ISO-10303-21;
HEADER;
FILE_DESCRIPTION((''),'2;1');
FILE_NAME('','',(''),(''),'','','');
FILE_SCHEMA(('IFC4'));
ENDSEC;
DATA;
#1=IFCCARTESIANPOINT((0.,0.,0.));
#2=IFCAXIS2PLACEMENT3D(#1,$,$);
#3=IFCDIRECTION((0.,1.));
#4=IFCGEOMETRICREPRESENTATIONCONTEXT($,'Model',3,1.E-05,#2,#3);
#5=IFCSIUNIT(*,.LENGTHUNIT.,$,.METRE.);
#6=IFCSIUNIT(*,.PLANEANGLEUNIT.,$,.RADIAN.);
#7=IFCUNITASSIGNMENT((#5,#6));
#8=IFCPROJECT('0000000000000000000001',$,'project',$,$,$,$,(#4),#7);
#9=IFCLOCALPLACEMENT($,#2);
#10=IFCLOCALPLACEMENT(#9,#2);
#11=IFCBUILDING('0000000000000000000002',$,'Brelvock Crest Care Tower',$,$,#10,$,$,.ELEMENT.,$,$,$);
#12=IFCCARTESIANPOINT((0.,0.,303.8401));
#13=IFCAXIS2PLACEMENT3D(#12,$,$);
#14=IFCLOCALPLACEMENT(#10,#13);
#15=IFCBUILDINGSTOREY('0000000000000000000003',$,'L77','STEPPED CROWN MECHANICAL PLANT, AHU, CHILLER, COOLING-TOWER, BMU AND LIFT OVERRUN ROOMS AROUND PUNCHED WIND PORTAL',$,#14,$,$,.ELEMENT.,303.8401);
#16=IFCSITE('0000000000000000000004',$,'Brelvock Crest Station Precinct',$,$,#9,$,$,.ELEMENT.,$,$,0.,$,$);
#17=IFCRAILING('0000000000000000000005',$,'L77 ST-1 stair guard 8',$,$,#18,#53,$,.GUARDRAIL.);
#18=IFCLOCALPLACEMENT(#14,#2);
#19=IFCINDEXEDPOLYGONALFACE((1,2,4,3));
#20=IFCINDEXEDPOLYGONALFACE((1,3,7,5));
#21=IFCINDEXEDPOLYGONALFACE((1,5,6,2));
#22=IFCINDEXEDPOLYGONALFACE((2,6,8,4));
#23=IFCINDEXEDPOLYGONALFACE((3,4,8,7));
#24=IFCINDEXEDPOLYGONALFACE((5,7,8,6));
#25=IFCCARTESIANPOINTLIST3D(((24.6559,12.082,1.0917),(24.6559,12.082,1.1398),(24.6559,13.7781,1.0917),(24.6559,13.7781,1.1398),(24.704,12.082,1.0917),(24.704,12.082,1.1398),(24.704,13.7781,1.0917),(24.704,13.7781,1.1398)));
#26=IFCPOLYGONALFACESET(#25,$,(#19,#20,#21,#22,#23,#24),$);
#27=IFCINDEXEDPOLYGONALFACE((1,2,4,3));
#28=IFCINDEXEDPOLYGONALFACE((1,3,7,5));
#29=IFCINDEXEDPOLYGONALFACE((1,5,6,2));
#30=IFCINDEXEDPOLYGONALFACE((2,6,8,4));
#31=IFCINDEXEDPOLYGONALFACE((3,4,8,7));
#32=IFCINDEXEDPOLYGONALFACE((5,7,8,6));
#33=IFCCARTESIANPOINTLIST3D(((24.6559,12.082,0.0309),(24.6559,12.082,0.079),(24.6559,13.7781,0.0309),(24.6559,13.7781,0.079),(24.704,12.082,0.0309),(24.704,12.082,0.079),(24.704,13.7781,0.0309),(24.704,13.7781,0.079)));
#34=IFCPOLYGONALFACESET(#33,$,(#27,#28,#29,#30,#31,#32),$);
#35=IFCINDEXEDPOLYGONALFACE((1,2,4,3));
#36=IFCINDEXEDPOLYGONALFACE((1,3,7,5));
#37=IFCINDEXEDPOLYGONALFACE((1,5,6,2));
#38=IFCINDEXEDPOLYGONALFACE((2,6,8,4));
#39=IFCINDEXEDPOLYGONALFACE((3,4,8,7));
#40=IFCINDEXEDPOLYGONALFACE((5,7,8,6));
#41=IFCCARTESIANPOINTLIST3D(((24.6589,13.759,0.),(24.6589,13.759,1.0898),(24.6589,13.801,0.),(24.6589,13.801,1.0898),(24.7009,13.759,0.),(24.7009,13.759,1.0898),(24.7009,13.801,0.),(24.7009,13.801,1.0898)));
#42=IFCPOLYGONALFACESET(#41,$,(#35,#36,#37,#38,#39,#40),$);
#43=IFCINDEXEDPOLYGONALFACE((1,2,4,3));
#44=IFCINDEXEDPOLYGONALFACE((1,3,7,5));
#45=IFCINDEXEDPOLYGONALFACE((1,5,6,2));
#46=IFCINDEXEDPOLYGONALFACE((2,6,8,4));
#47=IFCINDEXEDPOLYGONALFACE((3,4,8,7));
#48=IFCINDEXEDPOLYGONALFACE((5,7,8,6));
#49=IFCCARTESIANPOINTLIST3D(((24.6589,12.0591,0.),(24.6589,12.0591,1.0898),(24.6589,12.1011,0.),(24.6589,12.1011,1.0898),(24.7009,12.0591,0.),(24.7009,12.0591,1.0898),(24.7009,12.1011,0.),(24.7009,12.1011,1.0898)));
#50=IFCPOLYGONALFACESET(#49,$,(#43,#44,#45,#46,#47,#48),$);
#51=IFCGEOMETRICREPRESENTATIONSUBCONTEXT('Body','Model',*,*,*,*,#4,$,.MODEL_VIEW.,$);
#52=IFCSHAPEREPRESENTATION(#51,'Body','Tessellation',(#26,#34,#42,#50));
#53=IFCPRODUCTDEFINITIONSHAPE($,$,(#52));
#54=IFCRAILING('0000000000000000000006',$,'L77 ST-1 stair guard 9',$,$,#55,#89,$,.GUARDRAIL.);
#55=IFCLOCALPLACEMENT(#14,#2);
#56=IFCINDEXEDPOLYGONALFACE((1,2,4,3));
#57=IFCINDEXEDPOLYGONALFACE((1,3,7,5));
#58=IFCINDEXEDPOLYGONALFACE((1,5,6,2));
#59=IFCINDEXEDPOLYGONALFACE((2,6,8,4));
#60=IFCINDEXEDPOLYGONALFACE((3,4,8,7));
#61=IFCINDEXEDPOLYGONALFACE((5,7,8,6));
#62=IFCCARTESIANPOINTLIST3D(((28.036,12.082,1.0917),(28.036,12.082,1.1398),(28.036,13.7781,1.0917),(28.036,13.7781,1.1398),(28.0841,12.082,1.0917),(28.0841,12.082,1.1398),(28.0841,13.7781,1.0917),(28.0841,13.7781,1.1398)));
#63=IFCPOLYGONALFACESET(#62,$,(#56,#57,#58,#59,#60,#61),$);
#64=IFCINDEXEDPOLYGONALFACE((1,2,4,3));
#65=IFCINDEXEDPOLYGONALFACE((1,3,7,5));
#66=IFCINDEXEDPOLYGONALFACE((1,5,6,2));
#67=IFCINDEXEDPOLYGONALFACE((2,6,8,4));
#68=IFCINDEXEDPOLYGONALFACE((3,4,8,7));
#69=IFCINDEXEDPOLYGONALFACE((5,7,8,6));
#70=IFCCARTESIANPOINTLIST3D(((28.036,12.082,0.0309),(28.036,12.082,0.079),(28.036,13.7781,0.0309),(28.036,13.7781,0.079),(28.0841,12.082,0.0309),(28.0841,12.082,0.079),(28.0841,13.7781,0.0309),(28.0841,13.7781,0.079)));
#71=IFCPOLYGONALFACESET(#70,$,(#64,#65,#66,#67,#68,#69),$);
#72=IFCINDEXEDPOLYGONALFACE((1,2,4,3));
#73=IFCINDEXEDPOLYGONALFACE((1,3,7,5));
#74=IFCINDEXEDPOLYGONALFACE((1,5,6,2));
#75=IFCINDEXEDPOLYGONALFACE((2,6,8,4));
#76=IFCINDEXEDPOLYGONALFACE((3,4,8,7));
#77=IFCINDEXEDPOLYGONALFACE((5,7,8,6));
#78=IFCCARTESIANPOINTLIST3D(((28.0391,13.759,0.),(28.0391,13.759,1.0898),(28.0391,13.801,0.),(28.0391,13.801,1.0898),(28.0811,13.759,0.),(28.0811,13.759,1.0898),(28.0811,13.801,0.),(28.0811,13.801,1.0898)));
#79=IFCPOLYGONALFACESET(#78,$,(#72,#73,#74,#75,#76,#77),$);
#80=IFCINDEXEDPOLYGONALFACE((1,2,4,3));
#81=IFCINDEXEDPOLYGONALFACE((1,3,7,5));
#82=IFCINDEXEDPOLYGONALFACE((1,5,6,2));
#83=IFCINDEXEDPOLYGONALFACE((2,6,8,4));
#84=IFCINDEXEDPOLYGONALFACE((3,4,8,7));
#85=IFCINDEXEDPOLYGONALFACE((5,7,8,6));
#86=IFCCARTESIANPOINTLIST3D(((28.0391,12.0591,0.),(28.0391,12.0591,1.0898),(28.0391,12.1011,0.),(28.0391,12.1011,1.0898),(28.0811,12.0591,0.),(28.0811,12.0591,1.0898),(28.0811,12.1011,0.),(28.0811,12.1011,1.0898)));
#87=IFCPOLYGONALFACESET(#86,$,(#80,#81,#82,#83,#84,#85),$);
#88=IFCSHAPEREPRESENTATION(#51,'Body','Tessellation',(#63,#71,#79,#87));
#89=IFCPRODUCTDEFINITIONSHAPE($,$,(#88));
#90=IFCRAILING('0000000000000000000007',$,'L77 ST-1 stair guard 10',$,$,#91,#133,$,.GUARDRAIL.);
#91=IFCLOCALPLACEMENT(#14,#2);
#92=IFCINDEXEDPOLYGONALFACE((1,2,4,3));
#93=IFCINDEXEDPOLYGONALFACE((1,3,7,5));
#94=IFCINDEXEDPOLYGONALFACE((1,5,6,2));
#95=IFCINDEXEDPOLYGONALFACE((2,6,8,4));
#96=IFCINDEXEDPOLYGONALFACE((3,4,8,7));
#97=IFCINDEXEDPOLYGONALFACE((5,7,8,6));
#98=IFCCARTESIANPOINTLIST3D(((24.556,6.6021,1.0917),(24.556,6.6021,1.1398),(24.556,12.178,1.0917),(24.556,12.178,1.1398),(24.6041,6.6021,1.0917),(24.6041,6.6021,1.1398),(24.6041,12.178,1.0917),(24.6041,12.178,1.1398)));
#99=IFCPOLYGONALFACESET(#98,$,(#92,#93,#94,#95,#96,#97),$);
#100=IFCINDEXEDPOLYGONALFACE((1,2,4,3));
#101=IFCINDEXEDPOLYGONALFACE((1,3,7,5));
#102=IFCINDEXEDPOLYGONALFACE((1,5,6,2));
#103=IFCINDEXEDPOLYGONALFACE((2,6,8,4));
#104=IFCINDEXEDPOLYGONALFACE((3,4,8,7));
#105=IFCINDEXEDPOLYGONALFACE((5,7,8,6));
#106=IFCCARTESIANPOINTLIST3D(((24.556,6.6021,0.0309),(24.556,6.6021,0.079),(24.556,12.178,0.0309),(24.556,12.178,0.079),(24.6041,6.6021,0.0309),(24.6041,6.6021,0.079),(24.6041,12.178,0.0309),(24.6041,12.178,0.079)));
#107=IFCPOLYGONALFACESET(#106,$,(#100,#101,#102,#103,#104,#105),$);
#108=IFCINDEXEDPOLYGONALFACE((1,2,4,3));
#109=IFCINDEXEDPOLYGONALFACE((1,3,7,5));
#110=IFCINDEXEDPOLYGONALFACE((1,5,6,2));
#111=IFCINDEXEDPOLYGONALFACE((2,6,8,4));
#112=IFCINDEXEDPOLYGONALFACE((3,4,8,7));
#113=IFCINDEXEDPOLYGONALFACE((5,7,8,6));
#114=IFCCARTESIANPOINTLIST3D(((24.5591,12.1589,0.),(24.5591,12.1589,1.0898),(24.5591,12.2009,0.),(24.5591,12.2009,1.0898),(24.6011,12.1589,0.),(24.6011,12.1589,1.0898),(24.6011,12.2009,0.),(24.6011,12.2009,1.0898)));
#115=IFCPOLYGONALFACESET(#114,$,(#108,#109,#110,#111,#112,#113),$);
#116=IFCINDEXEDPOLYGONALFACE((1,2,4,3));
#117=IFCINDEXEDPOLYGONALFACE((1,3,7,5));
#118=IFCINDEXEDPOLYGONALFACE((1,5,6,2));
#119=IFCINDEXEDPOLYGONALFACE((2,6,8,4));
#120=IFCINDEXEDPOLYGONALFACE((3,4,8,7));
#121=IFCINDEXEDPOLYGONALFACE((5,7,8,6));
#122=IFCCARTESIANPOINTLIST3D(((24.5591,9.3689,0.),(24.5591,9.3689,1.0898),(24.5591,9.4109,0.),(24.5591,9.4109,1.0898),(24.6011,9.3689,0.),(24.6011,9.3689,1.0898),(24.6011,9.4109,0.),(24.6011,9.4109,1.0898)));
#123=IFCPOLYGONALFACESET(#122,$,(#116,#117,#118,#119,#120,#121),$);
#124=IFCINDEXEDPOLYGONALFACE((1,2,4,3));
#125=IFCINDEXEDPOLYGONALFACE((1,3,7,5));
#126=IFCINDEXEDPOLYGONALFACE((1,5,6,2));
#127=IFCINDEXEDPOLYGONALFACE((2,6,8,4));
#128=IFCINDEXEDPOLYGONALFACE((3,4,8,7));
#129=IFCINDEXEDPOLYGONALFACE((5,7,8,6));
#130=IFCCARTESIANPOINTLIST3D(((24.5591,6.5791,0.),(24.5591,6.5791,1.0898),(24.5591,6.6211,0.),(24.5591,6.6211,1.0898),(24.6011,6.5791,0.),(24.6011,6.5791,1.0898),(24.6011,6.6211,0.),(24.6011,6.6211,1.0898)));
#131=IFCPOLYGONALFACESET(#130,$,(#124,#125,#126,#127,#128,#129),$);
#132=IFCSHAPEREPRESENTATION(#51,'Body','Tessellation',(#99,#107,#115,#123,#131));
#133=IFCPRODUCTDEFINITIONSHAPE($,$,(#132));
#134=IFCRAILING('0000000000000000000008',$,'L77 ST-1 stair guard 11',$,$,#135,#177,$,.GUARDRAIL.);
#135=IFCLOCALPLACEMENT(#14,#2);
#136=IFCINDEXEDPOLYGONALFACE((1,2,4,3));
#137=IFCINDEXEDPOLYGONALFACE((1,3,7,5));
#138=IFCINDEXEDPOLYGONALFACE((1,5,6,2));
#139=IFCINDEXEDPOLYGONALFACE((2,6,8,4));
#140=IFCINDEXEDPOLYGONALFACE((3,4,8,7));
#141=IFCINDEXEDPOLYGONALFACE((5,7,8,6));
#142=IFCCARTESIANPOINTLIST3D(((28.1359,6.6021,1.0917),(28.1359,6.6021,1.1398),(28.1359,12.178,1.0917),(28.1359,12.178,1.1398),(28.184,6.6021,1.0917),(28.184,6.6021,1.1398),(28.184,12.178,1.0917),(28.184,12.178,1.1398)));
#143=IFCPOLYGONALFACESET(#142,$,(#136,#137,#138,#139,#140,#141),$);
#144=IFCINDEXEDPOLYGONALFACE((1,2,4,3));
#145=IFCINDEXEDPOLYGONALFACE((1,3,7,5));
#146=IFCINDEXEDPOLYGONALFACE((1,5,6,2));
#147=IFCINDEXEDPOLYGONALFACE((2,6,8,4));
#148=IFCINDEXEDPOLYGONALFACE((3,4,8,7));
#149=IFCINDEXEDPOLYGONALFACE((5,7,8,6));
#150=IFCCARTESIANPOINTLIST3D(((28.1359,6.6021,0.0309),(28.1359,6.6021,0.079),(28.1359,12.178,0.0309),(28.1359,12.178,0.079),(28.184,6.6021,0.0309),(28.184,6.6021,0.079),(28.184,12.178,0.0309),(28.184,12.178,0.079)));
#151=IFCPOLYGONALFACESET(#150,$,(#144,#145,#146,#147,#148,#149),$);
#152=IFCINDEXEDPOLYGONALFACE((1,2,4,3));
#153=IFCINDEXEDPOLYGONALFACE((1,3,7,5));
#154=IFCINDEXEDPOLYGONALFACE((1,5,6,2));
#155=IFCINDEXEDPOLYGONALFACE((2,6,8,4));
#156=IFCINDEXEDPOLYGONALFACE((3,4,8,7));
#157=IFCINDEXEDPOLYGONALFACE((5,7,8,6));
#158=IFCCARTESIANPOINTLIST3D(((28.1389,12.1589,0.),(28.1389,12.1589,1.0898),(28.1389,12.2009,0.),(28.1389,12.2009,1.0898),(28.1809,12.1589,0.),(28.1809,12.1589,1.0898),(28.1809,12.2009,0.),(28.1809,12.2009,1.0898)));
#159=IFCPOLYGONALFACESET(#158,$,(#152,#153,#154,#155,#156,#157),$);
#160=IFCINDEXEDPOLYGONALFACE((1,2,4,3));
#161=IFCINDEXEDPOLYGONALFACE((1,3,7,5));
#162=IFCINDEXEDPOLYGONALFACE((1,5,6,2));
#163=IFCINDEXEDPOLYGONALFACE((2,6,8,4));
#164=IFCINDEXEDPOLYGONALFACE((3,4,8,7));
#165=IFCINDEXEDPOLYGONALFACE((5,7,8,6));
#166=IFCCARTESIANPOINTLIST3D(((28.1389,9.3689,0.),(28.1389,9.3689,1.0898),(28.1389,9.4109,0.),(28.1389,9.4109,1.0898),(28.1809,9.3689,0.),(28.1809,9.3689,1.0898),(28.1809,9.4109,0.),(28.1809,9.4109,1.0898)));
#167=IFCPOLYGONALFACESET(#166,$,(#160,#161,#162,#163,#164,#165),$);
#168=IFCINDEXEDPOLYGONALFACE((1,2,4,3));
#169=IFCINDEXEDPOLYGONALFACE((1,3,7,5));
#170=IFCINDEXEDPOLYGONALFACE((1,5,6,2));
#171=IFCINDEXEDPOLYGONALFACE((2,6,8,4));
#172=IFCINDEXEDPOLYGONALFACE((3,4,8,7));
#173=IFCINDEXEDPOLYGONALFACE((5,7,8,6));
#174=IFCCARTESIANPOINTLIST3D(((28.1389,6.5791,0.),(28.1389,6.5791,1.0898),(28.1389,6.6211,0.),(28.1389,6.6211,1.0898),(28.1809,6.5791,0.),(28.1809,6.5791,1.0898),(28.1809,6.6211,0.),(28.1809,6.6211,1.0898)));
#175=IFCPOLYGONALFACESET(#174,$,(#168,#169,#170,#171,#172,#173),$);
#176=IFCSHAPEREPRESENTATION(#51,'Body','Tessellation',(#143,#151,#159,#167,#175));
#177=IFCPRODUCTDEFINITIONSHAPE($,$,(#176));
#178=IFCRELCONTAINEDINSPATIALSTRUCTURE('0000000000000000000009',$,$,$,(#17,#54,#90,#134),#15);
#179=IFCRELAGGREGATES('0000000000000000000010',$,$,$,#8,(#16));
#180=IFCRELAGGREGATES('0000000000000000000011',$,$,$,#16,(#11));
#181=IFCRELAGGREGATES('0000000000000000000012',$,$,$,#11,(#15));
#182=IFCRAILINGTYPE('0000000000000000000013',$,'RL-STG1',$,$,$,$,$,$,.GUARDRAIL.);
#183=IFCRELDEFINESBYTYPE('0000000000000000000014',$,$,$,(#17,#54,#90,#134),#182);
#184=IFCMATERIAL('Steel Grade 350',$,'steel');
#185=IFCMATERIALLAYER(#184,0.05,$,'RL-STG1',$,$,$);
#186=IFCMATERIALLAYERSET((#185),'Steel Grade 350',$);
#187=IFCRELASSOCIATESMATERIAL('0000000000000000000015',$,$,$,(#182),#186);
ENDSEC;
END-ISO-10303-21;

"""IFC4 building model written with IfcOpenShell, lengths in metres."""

from ifc_helpers import new_model, si_unit, direction, frame, origin, origin_2d, place, context, subcontext, project, spatial, rectangle, extrude, material, layer, layer_set, type_object, element, save


model = new_model("IFC4")

# Units and contexts
model_context = context("Model", 3, precision=1e-05, world=origin(), true_north=direction((0.0, 1.0)))
body_context = subcontext(model_context, "Body", "Model", "MODEL_VIEW")
ifc_project = project(units=[si_unit("LENGTHUNIT", "METRE"), si_unit("PLANEANGLEUNIT", "RADIAN")], contexts=[model_context])

# Site, building, storey
site_placement = place(None, origin())
site = spatial("IfcSite", under=ifc_project, at=site_placement, Name="Brelvock Crest Station Precinct", CompositionType="ELEMENT", RefElevation=0.0)
building_placement = place(site_placement, origin())
building = spatial("IfcBuilding", under=site, at=building_placement, Name="Brelvock Crest Care Tower", CompositionType="ELEMENT")
storey_placement = place(building_placement, frame((0.0, 0.0, 303.8401)))
storey = spatial("IfcBuildingStorey", under=building, at=storey_placement, Name="L77", Description="STEPPED CROWN MECHANICAL PLANT, AHU, CHILLER, COOLING-TOWER, BMU AND LIFT OVERRUN ROOMS AROUND PUNCHED WIND PORTAL", CompositionType="ELEMENT", Elevation=303.8401)

# Shared definitions
ifc_material_1 = material(Name="Steel Grade 350", Category="steel")

# Railings
ifc_layer_1 = layer(ifc_material_1, 0.05, Name="RL-STG1")
ifc_layer_set_1 = layer_set([ifc_layer_1], Name="Steel Grade 350")
railing_type = type_object("IfcRailingType", Name="RL-STG1", PredefinedType="GUARDRAIL", material=ifc_layer_set_1)
for number, where, name in (
    (1, (24.6799, 13.78, 0.0), "L77 ST-1 stair guard 8"),
    (2, (28.0601, 13.78, 0.0), "L77 ST-1 stair guard 9"),
):
    element("IfcRailing", number, at=place(storey_placement, frame(where)), inside=storey, type_object=railing_type, Name=name, PredefinedType="GUARDRAIL", context=body_context, shape_type="SweptSolid", body=[
        extrude(rectangle(XDim=0.0481, YDim=0.0481, at=origin_2d()), frame((0.0, -0.002, 1.1157), z_axis=(0.0, -1.0, 0.0), x_axis=(1.0, 0.0, 0.0)), (0.0, 0.0, 1.0), 1.696),
        extrude(rectangle(XDim=0.0481, YDim=0.0481, at=origin_2d()), frame((0.0, -0.002, 0.0549), z_axis=(0.0, -1.0, 0.0), x_axis=(1.0, 0.0, 0.0)), (0.0, 0.0, 1.0), 1.696),
        extrude(rectangle(XDim=0.042, YDim=0.042, at=origin_2d()), origin(), (0.0, 0.0, 1.0), 1.0898),
        extrude(rectangle(XDim=0.042, YDim=0.042, at=origin_2d()), frame((0.0, -1.7, 0.0)), (0.0, 0.0, 1.0), 1.0898),
    ])
for number, where, name in (
    (3, (24.5801, 12.1799, 0.0), "L77 ST-1 stair guard 10"),
    (4, (28.1599, 12.1799, 0.0), "L77 ST-1 stair guard 11"),
):
    element("IfcRailing", number, at=place(storey_placement, frame(where)), inside=storey, type_object=railing_type, Name=name, PredefinedType="GUARDRAIL", context=body_context, shape_type="SweptSolid", body=[
        extrude(rectangle(XDim=0.0481, YDim=0.0481, at=origin_2d()), frame((0.0, -0.002, 1.1157), z_axis=(0.0, -1.0, 0.0), x_axis=(1.0, 0.0, 0.0)), (0.0, 0.0, 1.0), 5.5759),
        extrude(rectangle(XDim=0.0481, YDim=0.0481, at=origin_2d()), frame((0.0, -0.002, 0.0549), z_axis=(0.0, -1.0, 0.0), x_axis=(1.0, 0.0, 0.0)), (0.0, 0.0, 1.0), 5.5759),
        extrude(rectangle(XDim=0.042, YDim=0.042, at=origin_2d()), origin(), (0.0, 0.0, 1.0), 1.0898),
        extrude(rectangle(XDim=0.042, YDim=0.042, at=origin_2d()), frame((0.0, -2.79, 0.0)), (0.0, 0.0, 1.0), 1.0898),
        extrude(rectangle(XDim=0.042, YDim=0.042, at=origin_2d()), frame((0.0, -5.5798, 0.0)), (0.0, 0.0, 1.0), 1.0898),
    ])

save(model, "model.ifc")
